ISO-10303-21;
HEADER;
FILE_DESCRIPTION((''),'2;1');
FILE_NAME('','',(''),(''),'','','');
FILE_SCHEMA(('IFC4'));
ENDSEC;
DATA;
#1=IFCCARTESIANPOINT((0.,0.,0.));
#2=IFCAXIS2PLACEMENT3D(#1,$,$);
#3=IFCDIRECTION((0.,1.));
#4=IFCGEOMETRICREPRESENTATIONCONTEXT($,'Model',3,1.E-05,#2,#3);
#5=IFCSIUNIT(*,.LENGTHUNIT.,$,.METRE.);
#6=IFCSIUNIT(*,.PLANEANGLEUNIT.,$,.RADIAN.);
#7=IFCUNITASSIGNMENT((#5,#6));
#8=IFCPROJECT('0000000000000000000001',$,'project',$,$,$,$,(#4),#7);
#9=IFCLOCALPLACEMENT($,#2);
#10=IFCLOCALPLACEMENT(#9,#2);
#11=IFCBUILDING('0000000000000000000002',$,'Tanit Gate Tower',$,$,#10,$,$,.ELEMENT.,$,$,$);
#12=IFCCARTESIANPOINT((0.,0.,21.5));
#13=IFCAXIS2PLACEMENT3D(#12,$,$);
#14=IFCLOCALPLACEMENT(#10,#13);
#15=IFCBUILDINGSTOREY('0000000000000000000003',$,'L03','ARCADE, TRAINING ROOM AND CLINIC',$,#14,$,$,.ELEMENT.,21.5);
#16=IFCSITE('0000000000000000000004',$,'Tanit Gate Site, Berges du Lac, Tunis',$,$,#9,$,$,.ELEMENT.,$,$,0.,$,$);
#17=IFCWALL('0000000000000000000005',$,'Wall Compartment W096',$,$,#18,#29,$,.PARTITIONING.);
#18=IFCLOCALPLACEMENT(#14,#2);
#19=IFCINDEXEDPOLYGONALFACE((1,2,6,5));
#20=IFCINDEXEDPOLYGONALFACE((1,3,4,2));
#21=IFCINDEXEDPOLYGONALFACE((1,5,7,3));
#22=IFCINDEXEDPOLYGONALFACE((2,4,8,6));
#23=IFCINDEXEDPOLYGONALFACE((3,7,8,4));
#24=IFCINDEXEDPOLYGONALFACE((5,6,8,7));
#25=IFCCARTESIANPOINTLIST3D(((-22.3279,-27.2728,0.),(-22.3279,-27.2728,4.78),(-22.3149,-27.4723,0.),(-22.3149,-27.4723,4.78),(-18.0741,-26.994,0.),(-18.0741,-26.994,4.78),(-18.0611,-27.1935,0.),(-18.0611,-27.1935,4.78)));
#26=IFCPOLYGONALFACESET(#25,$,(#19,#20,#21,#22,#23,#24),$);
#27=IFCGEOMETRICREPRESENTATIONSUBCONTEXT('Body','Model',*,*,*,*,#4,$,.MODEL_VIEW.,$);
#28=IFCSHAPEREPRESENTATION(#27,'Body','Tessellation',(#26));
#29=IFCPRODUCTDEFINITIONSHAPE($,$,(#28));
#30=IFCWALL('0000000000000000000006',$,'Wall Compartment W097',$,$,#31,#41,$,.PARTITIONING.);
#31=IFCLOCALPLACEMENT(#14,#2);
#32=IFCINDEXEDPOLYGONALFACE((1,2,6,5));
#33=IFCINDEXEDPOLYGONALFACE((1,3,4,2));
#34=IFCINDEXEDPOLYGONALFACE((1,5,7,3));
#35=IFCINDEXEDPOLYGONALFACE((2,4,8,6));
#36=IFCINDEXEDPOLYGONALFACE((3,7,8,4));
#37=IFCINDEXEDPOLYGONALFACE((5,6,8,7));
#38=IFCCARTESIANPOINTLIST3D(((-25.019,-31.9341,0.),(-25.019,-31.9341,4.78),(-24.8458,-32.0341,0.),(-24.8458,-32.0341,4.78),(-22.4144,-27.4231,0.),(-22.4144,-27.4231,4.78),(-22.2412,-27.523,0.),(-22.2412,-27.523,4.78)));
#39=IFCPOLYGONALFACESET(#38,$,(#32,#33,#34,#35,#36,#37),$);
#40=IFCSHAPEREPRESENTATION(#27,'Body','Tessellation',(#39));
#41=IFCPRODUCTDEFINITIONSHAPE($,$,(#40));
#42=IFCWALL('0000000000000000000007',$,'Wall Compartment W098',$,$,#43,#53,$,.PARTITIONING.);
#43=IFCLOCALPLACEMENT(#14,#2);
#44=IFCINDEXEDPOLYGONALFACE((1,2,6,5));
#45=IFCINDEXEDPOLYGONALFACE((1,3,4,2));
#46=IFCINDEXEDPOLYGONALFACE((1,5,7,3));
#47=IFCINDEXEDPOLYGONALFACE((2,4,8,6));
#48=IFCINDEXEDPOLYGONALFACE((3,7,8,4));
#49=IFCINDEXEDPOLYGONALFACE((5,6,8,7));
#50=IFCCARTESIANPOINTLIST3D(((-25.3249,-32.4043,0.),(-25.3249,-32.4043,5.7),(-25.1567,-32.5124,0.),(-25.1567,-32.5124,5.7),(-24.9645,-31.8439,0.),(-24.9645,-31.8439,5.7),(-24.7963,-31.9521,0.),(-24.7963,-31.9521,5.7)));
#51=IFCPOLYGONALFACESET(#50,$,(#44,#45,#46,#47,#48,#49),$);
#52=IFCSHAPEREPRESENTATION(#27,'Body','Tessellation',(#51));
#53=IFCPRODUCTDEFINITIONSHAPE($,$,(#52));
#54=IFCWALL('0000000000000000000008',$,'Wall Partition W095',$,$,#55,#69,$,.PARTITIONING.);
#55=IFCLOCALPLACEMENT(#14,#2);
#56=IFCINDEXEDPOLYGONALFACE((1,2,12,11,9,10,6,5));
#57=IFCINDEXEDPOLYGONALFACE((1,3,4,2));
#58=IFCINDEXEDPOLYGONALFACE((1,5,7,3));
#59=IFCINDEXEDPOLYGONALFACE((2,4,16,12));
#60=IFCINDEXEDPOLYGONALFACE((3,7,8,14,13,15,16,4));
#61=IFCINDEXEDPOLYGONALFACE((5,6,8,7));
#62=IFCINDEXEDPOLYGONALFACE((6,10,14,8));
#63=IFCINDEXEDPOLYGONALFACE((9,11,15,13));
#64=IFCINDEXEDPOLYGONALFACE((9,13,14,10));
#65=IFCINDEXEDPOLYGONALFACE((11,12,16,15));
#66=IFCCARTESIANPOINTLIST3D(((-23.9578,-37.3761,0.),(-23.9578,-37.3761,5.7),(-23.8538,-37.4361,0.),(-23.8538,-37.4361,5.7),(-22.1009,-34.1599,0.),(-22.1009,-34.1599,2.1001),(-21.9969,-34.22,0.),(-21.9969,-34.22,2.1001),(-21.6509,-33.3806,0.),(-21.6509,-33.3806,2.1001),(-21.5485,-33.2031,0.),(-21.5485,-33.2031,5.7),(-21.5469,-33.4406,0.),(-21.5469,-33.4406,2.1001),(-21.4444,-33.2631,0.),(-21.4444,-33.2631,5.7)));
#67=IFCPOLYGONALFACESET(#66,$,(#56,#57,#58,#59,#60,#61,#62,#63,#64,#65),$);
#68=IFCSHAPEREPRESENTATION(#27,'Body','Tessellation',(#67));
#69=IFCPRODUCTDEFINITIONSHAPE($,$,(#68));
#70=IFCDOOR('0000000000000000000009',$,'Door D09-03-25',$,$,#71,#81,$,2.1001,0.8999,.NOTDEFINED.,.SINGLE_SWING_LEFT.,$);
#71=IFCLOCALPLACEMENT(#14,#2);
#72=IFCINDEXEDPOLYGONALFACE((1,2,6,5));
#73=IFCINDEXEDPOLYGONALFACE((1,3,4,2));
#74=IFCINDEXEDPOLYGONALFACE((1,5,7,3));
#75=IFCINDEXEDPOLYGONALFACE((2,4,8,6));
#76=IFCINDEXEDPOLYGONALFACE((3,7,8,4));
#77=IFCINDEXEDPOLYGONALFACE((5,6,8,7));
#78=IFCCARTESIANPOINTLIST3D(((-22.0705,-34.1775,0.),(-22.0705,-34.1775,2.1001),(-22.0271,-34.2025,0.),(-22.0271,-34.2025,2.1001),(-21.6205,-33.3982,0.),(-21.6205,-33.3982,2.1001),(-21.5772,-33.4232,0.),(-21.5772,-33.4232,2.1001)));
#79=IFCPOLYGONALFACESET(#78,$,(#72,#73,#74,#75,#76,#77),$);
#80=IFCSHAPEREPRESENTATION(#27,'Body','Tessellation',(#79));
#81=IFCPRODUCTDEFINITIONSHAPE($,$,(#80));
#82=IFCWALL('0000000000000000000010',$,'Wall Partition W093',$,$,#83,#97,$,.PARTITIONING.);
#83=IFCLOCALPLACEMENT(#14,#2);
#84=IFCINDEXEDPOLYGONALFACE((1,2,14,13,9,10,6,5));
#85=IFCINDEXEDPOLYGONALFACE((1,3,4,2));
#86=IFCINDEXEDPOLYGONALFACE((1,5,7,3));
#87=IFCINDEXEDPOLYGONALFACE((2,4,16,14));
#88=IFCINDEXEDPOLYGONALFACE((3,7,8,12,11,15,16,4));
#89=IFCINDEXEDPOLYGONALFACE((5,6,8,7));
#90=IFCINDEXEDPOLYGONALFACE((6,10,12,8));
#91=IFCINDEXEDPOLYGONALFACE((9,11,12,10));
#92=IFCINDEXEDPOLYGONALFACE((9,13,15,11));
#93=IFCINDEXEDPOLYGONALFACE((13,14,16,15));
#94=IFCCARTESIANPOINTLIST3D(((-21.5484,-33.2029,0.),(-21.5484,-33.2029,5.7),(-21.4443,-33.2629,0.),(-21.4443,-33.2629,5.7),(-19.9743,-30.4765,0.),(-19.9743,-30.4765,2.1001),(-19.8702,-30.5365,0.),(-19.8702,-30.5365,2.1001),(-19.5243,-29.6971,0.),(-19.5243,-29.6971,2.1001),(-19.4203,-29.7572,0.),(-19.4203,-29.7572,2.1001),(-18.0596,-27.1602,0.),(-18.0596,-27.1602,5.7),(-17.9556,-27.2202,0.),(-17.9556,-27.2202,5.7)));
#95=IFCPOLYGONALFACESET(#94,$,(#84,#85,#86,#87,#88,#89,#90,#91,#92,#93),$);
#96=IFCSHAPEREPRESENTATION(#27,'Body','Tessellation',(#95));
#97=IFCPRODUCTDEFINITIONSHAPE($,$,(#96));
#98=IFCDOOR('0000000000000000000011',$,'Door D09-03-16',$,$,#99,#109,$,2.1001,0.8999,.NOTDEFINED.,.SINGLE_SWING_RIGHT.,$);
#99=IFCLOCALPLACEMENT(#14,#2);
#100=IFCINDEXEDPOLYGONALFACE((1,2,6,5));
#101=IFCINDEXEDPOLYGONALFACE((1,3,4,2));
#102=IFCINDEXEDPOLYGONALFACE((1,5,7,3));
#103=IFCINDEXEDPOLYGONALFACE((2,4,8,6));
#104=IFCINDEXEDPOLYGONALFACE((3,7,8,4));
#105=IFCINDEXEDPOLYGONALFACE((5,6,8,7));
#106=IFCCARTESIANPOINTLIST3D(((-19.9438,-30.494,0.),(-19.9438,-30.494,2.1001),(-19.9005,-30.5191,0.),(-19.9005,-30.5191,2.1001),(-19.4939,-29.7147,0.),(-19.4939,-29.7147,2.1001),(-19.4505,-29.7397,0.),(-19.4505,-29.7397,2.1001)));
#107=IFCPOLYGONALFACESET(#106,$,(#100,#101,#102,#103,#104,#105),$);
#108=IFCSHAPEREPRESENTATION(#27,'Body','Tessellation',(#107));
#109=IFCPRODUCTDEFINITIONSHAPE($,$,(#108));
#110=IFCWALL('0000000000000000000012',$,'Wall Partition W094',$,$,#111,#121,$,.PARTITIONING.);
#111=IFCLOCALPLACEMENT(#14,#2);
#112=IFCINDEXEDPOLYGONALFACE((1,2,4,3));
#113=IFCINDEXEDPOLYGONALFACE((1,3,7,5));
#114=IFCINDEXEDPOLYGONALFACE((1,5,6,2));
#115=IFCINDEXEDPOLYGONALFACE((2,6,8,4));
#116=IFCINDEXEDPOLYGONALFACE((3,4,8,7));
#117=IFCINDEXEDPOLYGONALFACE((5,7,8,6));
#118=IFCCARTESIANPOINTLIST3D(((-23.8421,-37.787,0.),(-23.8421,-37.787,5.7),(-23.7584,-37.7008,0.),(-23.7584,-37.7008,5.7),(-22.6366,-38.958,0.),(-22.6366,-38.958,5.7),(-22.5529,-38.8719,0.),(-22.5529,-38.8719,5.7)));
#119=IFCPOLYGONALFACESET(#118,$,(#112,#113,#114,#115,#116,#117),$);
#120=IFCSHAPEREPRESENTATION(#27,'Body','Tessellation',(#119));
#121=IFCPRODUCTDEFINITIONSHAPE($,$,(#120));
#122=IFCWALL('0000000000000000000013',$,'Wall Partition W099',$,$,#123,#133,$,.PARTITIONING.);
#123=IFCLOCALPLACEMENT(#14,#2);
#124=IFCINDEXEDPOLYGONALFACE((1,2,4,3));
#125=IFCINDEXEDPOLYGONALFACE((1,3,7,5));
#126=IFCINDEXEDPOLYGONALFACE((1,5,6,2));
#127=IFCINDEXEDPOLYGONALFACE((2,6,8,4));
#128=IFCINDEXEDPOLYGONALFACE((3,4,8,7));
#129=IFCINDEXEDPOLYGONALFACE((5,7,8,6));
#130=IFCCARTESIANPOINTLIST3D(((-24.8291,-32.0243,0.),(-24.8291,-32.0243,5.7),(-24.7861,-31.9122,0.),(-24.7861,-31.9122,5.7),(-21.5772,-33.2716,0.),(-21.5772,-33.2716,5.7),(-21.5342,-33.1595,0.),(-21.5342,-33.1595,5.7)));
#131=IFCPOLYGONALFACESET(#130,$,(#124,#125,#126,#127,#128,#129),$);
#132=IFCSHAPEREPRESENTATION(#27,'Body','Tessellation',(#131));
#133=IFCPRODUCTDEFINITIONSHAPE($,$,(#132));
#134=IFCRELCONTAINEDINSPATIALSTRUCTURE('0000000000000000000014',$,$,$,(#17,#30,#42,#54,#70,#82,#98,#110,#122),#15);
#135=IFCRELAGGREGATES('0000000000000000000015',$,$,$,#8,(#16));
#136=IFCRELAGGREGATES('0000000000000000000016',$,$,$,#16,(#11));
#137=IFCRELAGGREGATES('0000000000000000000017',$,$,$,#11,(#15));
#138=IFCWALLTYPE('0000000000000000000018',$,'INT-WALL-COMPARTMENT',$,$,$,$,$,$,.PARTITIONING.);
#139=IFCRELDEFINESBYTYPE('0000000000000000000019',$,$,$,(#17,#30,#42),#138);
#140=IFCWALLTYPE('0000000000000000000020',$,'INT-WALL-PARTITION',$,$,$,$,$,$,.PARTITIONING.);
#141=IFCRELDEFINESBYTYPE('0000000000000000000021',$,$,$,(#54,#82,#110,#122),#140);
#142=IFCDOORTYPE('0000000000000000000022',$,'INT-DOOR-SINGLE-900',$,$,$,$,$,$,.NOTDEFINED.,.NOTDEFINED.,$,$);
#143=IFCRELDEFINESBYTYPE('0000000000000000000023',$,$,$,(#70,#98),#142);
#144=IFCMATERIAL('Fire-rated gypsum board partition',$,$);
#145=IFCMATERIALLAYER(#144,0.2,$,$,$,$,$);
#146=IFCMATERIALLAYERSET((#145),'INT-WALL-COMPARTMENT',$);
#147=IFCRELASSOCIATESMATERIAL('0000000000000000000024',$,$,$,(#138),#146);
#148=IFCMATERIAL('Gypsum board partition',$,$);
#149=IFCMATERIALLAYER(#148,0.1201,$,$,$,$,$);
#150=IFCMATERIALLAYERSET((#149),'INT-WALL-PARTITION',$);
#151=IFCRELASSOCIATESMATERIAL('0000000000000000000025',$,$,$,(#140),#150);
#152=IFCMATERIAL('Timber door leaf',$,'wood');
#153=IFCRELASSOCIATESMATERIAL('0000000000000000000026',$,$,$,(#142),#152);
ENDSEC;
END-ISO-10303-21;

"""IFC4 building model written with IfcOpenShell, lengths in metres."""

from ifc_helpers import new_model, si_unit, direction, frame, frame_2d, origin, place, context, subcontext, project, spatial, rectangle, extrude, material, layer, layer_set, type_object, element, fill, save


model = new_model("IFC4")

# Units and contexts
model_context = context("Model", 3, precision=1e-05, world=origin(), true_north=direction((0.0, 1.0)))
body_context = subcontext(model_context, "Body", "Model", "MODEL_VIEW")
ifc_project = project(units=[si_unit("LENGTHUNIT", "METRE"), si_unit("PLANEANGLEUNIT", "RADIAN")], contexts=[model_context])

# Site, building, storey
site_placement = place(None, origin())
site = spatial("IfcSite", under=ifc_project, at=site_placement, Name="Tanit Gate Site, Berges du Lac, Tunis", CompositionType="ELEMENT", RefElevation=0.0)
building_placement = place(site_placement, origin())
building = spatial("IfcBuilding", under=site, at=building_placement, Name="Tanit Gate Tower", CompositionType="ELEMENT")
storey_placement = place(building_placement, frame((0.0, 0.0, 21.5)))
storey = spatial("IfcBuildingStorey", under=building, at=storey_placement, Name="L03", Description="ARCADE, TRAINING ROOM AND CLINIC", CompositionType="ELEMENT", Elevation=21.5)

# Walls
ifc_material_1 = material(Name="Fire-rated gypsum board partition")
ifc_layer_1 = layer(ifc_material_1, 0.2)
ifc_layer_set_1 = layer_set([ifc_layer_1], Name="INT-WALL-COMPARTMENT")
wall_type_1 = type_object("IfcWallType", Name="INT-WALL-COMPARTMENT", PredefinedType="PARTITIONING", material=ifc_layer_set_1)
wall_1_placement = place(storey_placement, frame((-22.3213, -27.3726, 0.0), z_axis=(0.0, 0.0, 1.0), x_axis=(0.997859, 0.065401, 0.0)))
element("IfcWall", 1, at=wall_1_placement, inside=storey, type_object=wall_type_1, Name="Wall Compartment W096", PredefinedType="PARTITIONING", context=body_context, shape_type="SweptSolid", body=[
    extrude(rectangle(XDim=4.2629, YDim=0.2, at=frame_2d((2.1313, 0.0))), origin(), (0.0, 0.0, 1.0), 4.78),
])
wall_2_placement = place(storey_placement, frame((-24.9324, -31.9841, 0.0), z_axis=(0.0, 0.0, 1.0), x_axis=(0.500011, 0.866019, 0.0)))
element("IfcWall", 2, at=wall_2_placement, inside=storey, type_object=wall_type_1, Name="Wall Compartment W097", PredefinedType="PARTITIONING", context=body_context, shape_type="SweptSolid", body=[
    extrude(rectangle(XDim=5.209, YDim=0.2, at=frame_2d((2.6045, 0.0))), origin(), (0.0, 0.0, 1.0), 4.78),
])
wall_3_placement = place(storey_placement, frame((-25.2407, -32.4583, 0.0), z_axis=(0.0, 0.0, 1.0), x_axis=(0.540924, 0.841071, 0.0)))
element("IfcWall", 3, at=wall_3_placement, inside=storey, type_object=wall_type_1, Name="Wall Compartment W098", PredefinedType="PARTITIONING", context=body_context, shape_type="SweptSolid", body=[
    extrude(rectangle(XDim=0.6663, YDim=0.2, at=frame_2d((0.333, 0.0))), origin(), (0.0, 0.0, 1.0), 5.7),
])

# Walls, openings, doors
ifc_material_2 = material(Name="Gypsum board partition")
ifc_layer_2 = layer(ifc_material_2, 0.1201)
ifc_layer_set_2 = layer_set([ifc_layer_2], Name="INT-WALL-PARTITION")
wall_type_2 = type_object("IfcWallType", Name="INT-WALL-PARTITION", PredefinedType="PARTITIONING", material=ifc_layer_set_2)
wall_4_placement = place(storey_placement, frame((-23.9058, -37.406, 0.0), z_axis=(0.0, 0.0, 1.0), x_axis=(0.500013, 0.866018, 0.0)))
wall_4 = element("IfcWall", 4, at=wall_4_placement, inside=storey, type_object=wall_type_2, Name="Wall Partition W095", PredefinedType="PARTITIONING", context=body_context, shape_type="SweptSolid", body=[
    extrude(rectangle(XDim=4.8186, YDim=0.1201, at=frame_2d((2.4092, 0.0))), origin(), (0.0, 0.0, 1.0), 5.7),
])
opening_1_placement = place(wall_4_placement, frame((3.7136, 0.0, 0.0)))
opening_1 = element("IfcOpeningElement", 5, at=opening_1_placement, cuts=wall_4, PredefinedType="OPENING", context=body_context, shape_type="SweptSolid", body=[
    extrude(rectangle(XDim=0.8999, YDim=2.1001, at=frame_2d((0.45, 1.05))), frame((0.0, 0.0701, 0.0), z_axis=(0.0, -1.0, 0.0), x_axis=(1.0, 0.0, 0.0)), (0.0, 0.0, 1.0), 0.1401),
])
ifc_material_3 = material(Name="Timber door leaf", Category="wood")
door_type = type_object("IfcDoorType", Name="INT-DOOR-SINGLE-900", OperationType="NOTDEFINED", PredefinedType="NOTDEFINED", material=ifc_material_3)
door_1_placement = place(opening_1_placement, origin())
door_1 = element("IfcDoor", 6, at=door_1_placement, inside=storey, type_object=door_type, Name="Door D09-03-25", OperationType="SINGLE_SWING_LEFT", OverallHeight=2.1001, OverallWidth=0.8999, PredefinedType="NOTDEFINED", context=body_context, shape_type="SweptSolid", body=[
    extrude(rectangle(XDim=0.8999, YDim=2.1001, at=frame_2d((0.45, 1.05))), frame((0.0, 0.0249, 0.0), z_axis=(0.0, -1.0, 0.0), x_axis=(1.0, 0.0, 0.0)), (0.0, 0.0, 1.0), 0.05),
])
fill(opening_1, door_1)
wall_5_placement = place(storey_placement, frame((-21.4963, -33.2329, 0.0), z_axis=(0.0, 0.0, 1.0), x_axis=(0.5, 0.866025, 0.0)))
wall_5 = element("IfcWall", 7, at=wall_5_placement, inside=storey, type_object=wall_type_2, Name="Wall Partition W093", PredefinedType="PARTITIONING", context=body_context, shape_type="SweptSolid", body=[
    extrude(rectangle(XDim=6.9775, YDim=0.1201, at=frame_2d((3.4888, 0.0))), origin(), (0.0, 0.0, 1.0), 5.7),
])
opening_2_placement = place(wall_5_placement, frame((3.1482, 0.0, 0.0)))
opening_2 = element("IfcOpeningElement", 8, at=opening_2_placement, cuts=wall_5, PredefinedType="OPENING", context=body_context, shape_type="SweptSolid", body=[
    extrude(rectangle(XDim=0.8999, YDim=2.1001, at=frame_2d((0.45, 1.05))), frame((0.0, 0.0701, 0.0), z_axis=(0.0, -1.0, 0.0), x_axis=(1.0, 0.0, 0.0)), (0.0, 0.0, 1.0), 0.1401),
])
door_2_placement = place(opening_2_placement, origin())
door_2 = element("IfcDoor", 9, at=door_2_placement, inside=storey, type_object=door_type, Name="Door D09-03-16", OperationType="SINGLE_SWING_RIGHT", OverallHeight=2.1001, OverallWidth=0.8999, PredefinedType="NOTDEFINED", context=body_context, shape_type="SweptSolid", body=[
    extrude(rectangle(XDim=0.8999, YDim=2.1001, at=frame_2d((0.45, 1.05))), frame((0.0, 0.0249, 0.0), z_axis=(0.0, -1.0, 0.0), x_axis=(1.0, 0.0, 0.0)), (0.0, 0.0, 1.0), 0.05),
])
fill(opening_2, door_2)

# Walls
wall_6_placement = place(storey_placement, frame((-23.8003, -37.7439, 0.0), z_axis=(0.0, 0.0, 1.0), x_axis=(0.717273, -0.696792, 0.0)))
element("IfcWall", 10, at=wall_6_placement, inside=storey, type_object=wall_type_2, Name="Wall Partition W094", PredefinedType="PARTITIONING", context=body_context, shape_type="SweptSolid", body=[
    extrude(rectangle(XDim=1.6807, YDim=0.1201, at=frame_2d((0.8403, 0.0))), origin(), (0.0, 0.0, 1.0), 5.7),
])
wall_7_placement = place(storey_placement, frame((-24.8076, -31.9683, 0.0), z_axis=(0.0, 0.0, 1.0), x_axis=(0.933676, -0.358119, 0.0)))
element("IfcWall", 11, at=wall_7_placement, inside=storey, type_object=wall_type_2, Name="Wall Partition W099", PredefinedType="PARTITIONING", context=body_context, shape_type="SweptSolid", body=[
    extrude(rectangle(XDim=3.4829, YDim=0.1201, at=frame_2d((1.7415, 0.0))), origin(), (0.0, 0.0, 1.0), 5.7),
])

save(model, "model.ifc")
